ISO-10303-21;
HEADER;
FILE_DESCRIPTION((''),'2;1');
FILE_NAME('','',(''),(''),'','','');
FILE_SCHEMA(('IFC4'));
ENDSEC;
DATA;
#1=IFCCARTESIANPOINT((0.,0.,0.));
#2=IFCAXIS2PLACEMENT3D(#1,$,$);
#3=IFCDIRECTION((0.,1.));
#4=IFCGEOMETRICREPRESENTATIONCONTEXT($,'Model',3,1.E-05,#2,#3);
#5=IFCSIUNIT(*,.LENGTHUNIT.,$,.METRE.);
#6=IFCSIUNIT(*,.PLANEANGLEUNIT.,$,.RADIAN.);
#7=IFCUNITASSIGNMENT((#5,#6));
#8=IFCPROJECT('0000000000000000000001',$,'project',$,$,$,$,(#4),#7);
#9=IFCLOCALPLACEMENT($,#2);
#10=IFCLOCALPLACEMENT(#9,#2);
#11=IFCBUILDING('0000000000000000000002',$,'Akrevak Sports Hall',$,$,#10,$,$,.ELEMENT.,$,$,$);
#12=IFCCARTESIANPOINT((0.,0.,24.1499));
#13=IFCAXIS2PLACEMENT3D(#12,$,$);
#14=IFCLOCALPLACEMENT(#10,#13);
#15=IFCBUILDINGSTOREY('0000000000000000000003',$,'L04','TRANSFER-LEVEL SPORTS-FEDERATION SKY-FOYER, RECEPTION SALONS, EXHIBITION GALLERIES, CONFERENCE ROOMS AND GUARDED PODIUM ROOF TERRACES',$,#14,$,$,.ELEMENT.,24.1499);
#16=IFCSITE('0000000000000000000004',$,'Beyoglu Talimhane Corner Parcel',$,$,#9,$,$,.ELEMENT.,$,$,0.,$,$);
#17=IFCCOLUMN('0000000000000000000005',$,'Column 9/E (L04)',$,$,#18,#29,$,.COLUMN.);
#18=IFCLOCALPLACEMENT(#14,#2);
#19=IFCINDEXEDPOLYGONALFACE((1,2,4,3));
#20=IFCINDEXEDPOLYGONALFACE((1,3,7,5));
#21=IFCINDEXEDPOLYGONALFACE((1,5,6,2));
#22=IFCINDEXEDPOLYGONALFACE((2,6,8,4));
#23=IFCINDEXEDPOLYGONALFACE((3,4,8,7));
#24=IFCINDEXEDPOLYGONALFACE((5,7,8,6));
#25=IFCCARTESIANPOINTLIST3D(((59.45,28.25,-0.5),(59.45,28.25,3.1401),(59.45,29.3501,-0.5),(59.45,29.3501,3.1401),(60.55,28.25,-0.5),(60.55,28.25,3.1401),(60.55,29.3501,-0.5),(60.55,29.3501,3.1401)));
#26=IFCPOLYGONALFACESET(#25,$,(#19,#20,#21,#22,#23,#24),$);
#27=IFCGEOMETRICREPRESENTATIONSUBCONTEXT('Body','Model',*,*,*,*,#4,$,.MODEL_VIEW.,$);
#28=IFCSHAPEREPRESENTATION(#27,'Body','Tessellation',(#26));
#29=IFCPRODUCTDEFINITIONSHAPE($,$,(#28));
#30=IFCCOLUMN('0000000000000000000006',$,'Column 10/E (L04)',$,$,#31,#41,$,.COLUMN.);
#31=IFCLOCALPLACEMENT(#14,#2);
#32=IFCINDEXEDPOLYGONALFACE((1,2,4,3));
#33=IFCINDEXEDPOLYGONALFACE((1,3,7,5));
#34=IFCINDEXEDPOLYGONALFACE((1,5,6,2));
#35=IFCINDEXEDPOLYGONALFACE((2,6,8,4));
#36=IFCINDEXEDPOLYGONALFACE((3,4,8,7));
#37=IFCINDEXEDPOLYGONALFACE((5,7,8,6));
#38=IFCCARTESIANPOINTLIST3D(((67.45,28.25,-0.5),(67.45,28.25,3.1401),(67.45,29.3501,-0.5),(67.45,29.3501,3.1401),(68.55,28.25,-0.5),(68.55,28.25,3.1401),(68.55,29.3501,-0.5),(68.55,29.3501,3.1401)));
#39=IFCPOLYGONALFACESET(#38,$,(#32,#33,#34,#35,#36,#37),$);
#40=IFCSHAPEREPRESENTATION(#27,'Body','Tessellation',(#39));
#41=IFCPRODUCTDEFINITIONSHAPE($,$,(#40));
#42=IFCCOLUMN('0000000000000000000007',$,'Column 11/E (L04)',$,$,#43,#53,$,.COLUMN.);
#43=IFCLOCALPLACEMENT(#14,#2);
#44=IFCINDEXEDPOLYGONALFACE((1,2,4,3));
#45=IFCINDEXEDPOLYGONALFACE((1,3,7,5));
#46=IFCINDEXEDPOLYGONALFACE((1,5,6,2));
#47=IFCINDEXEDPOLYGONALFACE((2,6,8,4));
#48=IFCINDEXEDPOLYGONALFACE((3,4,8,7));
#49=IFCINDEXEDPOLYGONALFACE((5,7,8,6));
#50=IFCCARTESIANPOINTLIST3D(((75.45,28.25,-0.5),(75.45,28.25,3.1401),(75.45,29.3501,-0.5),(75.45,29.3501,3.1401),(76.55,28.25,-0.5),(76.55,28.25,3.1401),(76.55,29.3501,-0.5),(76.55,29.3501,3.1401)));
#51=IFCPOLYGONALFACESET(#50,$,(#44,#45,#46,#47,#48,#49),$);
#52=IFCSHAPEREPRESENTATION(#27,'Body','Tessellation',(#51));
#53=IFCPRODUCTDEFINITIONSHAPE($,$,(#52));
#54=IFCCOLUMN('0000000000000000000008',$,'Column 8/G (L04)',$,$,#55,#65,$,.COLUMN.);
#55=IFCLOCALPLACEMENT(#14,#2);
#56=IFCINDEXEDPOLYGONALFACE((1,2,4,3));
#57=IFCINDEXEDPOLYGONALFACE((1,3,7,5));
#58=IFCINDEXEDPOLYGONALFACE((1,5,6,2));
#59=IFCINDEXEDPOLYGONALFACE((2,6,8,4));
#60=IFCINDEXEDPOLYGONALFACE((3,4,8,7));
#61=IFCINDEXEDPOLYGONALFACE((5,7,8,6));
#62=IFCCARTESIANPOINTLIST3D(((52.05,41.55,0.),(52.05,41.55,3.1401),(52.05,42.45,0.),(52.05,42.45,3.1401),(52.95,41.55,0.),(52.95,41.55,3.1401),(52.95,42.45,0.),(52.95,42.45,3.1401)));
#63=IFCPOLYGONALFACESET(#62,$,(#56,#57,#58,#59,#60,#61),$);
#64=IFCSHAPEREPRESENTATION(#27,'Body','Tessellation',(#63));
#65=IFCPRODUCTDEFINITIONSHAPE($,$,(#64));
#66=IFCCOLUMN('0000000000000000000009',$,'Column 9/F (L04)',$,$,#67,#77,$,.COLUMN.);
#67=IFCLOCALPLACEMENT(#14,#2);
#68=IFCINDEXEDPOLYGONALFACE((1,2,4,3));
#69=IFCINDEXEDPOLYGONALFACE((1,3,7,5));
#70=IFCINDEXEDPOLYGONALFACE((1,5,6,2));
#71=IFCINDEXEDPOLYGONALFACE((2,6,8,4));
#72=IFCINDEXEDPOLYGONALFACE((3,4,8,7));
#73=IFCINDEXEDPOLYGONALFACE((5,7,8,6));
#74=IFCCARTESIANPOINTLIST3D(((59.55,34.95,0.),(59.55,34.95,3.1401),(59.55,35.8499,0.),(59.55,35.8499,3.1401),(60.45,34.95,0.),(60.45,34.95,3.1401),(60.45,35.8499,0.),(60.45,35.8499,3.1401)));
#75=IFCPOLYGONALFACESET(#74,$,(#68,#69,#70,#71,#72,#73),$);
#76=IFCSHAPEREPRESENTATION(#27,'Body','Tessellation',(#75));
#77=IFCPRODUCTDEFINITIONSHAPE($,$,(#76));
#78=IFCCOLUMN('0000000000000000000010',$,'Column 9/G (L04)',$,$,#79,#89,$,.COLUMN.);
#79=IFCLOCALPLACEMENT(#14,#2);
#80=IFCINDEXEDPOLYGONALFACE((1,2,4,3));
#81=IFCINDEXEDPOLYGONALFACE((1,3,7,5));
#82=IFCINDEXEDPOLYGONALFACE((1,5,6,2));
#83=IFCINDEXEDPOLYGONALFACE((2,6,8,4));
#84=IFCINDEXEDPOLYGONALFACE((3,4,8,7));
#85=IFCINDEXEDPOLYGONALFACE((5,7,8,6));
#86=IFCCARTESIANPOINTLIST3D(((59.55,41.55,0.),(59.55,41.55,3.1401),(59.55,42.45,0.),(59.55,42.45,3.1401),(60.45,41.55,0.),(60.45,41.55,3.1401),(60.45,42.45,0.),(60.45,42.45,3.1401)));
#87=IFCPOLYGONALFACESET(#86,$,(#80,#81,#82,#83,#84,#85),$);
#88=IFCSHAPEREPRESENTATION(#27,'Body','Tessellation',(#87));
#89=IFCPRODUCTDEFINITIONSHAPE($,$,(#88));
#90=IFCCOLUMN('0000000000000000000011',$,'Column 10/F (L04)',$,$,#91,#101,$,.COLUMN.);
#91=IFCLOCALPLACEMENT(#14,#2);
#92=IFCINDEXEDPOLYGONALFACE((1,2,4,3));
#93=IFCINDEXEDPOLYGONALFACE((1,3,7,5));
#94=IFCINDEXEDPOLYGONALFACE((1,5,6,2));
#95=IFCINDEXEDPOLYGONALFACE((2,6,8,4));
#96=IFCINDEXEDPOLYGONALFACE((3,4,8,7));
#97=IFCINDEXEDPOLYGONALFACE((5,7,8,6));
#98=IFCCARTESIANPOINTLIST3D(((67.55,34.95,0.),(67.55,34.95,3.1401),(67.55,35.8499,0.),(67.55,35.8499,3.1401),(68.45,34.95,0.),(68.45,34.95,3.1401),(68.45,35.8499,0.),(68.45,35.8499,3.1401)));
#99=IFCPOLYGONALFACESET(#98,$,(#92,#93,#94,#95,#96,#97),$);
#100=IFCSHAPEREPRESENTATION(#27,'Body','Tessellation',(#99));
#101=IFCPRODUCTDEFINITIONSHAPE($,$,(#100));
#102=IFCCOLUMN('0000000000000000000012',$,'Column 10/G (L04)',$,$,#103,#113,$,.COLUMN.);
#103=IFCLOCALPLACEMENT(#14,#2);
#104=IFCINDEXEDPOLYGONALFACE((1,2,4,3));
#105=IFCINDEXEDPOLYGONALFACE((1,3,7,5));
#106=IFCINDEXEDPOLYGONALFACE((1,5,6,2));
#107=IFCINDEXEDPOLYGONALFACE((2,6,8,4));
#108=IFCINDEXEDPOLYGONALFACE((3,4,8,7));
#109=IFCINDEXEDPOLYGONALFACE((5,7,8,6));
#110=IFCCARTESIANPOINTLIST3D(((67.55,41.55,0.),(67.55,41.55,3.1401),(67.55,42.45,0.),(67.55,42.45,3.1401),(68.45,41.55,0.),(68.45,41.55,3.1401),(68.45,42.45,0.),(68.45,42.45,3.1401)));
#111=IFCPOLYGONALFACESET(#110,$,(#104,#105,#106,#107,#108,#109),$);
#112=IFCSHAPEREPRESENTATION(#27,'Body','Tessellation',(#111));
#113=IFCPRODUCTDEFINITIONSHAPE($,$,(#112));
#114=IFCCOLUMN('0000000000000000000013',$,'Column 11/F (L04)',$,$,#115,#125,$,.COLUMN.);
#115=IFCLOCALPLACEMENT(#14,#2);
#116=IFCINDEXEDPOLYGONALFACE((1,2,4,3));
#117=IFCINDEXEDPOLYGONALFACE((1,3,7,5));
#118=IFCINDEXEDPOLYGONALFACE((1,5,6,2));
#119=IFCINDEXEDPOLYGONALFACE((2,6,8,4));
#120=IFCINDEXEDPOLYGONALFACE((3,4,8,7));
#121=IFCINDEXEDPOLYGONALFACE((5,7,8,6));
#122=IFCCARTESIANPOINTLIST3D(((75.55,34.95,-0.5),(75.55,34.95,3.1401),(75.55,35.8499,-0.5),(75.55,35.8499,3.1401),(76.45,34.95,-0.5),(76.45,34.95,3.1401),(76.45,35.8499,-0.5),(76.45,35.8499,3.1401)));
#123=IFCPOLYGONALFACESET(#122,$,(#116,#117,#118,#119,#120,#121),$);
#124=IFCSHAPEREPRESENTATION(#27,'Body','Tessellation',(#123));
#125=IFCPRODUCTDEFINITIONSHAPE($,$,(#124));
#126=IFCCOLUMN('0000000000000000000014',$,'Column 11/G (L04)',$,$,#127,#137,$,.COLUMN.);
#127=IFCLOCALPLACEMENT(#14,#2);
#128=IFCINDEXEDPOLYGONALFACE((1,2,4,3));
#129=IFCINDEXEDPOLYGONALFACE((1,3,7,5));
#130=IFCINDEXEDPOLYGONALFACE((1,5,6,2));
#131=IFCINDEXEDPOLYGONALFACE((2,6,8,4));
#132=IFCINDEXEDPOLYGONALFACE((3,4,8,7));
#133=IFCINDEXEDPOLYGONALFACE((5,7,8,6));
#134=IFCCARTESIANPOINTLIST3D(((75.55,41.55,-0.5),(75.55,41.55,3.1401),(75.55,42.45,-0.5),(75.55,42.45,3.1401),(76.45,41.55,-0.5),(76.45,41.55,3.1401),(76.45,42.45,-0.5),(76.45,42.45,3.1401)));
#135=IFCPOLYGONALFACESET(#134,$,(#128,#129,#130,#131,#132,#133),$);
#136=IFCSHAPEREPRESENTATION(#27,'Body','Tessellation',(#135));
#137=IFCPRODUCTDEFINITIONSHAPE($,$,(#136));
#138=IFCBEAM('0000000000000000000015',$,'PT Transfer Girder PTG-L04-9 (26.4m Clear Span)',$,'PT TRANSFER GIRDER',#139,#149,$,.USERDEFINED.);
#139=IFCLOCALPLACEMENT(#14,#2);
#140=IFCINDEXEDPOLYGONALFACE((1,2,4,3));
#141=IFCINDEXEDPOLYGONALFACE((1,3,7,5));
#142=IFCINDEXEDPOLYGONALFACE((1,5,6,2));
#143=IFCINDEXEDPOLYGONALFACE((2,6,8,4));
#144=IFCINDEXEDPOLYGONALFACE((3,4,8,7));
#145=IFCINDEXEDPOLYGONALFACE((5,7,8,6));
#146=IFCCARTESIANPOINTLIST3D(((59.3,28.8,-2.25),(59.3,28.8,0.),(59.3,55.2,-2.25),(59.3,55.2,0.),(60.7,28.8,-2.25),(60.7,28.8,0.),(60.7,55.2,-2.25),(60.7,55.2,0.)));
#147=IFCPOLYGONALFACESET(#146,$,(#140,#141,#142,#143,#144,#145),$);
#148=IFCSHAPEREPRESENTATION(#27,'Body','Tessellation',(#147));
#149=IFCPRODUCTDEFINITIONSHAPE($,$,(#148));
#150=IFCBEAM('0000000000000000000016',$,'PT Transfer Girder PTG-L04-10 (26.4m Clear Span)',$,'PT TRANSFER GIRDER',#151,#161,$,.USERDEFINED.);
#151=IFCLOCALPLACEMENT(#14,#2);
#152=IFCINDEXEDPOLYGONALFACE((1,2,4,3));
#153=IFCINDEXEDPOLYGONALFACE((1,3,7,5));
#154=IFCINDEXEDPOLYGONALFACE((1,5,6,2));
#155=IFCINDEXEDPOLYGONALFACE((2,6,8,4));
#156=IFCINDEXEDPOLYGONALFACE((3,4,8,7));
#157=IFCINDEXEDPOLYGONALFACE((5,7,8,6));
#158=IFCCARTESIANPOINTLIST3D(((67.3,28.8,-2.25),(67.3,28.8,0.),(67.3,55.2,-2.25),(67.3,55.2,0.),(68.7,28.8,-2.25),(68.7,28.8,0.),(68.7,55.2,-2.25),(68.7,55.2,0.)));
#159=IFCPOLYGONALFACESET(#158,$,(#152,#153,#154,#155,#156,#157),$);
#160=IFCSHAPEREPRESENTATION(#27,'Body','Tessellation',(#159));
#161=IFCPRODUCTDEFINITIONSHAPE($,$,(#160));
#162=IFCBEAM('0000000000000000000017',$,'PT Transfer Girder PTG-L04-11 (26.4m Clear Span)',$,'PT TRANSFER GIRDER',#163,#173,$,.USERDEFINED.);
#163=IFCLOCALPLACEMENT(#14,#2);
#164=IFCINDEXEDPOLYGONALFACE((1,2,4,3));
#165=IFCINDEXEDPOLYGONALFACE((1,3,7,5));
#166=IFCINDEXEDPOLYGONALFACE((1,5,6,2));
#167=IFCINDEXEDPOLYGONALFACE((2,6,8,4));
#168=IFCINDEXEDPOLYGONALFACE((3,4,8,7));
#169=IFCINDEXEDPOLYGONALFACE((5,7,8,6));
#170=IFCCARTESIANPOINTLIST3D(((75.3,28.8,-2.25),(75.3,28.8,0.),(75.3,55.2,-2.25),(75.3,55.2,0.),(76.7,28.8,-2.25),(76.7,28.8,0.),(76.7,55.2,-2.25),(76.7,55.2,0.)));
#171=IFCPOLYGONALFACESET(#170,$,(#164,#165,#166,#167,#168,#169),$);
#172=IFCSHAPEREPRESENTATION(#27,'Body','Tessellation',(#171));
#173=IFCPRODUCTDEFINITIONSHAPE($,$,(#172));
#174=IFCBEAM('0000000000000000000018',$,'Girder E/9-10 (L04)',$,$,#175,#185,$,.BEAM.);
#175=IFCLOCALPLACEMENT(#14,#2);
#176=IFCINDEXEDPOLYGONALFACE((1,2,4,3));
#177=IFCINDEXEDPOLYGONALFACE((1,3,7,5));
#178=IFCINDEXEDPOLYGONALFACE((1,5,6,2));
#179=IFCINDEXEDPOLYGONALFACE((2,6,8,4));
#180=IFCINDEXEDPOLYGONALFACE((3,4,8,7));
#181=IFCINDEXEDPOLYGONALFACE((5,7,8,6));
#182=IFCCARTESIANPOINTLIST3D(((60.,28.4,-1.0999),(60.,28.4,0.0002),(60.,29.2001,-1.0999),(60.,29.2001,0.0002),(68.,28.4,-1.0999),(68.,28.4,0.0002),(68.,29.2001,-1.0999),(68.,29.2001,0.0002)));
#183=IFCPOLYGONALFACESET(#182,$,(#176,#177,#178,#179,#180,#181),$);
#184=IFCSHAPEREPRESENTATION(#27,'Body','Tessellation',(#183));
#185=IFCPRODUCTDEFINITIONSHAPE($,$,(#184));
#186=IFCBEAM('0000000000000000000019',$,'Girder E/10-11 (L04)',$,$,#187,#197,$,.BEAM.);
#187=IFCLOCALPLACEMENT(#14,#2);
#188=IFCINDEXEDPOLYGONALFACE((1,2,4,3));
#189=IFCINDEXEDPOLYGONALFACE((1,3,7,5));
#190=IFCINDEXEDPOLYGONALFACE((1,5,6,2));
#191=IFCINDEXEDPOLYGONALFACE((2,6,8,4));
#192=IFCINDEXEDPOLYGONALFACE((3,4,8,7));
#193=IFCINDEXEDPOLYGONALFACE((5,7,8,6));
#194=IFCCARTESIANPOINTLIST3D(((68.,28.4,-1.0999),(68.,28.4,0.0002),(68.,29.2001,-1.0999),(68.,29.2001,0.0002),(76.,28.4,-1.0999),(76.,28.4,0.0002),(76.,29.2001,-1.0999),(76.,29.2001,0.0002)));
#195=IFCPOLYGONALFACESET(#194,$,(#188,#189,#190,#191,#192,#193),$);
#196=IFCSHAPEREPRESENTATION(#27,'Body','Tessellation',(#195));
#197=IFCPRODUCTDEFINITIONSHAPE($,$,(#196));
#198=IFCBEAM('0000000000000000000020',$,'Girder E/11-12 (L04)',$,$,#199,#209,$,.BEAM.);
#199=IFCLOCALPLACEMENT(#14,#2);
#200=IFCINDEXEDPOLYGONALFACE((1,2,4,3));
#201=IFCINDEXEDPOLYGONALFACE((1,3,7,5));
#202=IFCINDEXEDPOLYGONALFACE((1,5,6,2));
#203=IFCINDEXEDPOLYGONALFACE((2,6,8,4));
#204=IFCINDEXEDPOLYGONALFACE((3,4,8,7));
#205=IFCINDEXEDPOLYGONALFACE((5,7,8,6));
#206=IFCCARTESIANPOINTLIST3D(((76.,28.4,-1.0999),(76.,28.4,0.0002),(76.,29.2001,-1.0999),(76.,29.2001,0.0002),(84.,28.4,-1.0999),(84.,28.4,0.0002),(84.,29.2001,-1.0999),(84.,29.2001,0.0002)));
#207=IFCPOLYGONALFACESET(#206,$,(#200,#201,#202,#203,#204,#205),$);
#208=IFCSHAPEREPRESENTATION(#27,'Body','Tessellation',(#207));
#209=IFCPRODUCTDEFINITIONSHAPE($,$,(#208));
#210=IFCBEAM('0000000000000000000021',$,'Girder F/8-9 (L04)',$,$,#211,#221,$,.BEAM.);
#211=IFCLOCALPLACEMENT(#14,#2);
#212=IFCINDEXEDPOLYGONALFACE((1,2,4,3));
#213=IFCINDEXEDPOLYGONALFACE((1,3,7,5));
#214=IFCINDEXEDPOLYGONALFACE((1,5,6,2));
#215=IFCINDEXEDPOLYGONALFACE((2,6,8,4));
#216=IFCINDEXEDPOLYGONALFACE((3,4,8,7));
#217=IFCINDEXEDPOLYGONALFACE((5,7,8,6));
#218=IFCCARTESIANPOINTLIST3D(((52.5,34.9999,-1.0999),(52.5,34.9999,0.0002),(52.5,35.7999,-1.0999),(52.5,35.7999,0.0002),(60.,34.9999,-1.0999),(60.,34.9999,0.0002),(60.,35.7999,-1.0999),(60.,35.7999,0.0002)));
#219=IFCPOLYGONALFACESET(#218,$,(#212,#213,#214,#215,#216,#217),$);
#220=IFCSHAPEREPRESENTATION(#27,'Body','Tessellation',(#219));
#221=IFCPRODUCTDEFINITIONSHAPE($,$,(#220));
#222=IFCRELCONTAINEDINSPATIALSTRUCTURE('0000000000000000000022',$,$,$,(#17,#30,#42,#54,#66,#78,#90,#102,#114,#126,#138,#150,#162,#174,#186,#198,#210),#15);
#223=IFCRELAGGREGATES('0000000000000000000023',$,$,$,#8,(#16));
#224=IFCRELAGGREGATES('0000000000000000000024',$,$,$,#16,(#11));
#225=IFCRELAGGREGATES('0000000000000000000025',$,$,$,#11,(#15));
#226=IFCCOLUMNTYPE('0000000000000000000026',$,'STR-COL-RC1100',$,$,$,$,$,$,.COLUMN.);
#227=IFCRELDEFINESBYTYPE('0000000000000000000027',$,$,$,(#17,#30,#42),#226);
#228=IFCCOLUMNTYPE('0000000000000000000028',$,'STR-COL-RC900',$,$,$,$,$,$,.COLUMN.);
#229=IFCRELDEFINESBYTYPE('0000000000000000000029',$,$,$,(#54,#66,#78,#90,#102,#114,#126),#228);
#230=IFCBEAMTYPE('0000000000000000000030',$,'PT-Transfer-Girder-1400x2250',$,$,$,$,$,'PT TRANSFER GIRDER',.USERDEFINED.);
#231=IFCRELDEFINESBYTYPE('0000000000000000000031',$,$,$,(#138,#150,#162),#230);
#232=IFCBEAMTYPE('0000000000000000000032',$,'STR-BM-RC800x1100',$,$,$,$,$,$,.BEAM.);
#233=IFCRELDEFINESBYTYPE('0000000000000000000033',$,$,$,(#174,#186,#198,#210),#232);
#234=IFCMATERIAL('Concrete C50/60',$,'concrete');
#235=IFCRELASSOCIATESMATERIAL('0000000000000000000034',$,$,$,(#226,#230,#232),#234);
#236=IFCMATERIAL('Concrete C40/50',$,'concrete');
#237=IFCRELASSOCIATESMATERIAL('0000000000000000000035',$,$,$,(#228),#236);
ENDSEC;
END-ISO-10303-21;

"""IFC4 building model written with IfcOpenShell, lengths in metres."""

from ifc_helpers import new_model, si_unit, direction, frame, origin, origin_2d, place, context, subcontext, project, spatial, rectangle, extrude, material, material_profile, profile_set, type_object, element, save


model = new_model("IFC4")

# Units and contexts
model_context = context("Model", 3, precision=1e-05, world=origin(), true_north=direction((0.0, 1.0)))
body_context = subcontext(model_context, "Body", "Model", "MODEL_VIEW")
ifc_project = project(units=[si_unit("LENGTHUNIT", "METRE"), si_unit("PLANEANGLEUNIT", "RADIAN")], contexts=[model_context])

# Site, building, storey
site_placement = place(None, origin())
site = spatial("IfcSite", under=ifc_project, at=site_placement, Name="Beyoglu Talimhane Corner Parcel", CompositionType="ELEMENT", RefElevation=0.0)
building_placement = place(site_placement, origin())
building = spatial("IfcBuilding", under=site, at=building_placement, Name="Akrevak Sports Hall", CompositionType="ELEMENT")
storey_placement = place(building_placement, frame((0.0, 0.0, 24.1499)))
storey = spatial("IfcBuildingStorey", under=building, at=storey_placement, Name="L04", Description="TRANSFER-LEVEL SPORTS-FEDERATION SKY-FOYER, RECEPTION SALONS, EXHIBITION GALLERIES, CONFERENCE ROOMS AND GUARDED PODIUM ROOF TERRACES", CompositionType="ELEMENT", Elevation=24.1499)

# Columns
ifc_material_1 = material(Name="Concrete C50/60", Category="concrete")
ifc_material_profile_1 = material_profile(ifc_material_1, rectangle(XDim=1.1001, YDim=1.1001, at=origin_2d()), Name="RC 1100x1100", Category="concrete")
ifc_profile_set_1 = profile_set([ifc_material_profile_1], Name="Concrete C50/60")
column_type_1 = type_object("IfcColumnType", Name="STR-COL-RC1100", PredefinedType="COLUMN", material=ifc_profile_set_1)
for number, where, z_axis, x_axis, name in (
    (1, (60.0, 28.8, -0.5), (0.0, 0.0, 1.0), (1.0, 0.0, 0.0), "Column 9/E (L04)"),
    (2, (68.0, 28.8, -0.5), (0.0, 0.0, 1.0), (1.0, 0.0, 0.0), "Column 10/E (L04)"),
    (3, (76.0, 28.8, -0.5), (0.0, 0.0, 1.0), (1.0, 0.0, 0.0), "Column 11/E (L04)"),
):
    element("IfcColumn", number, at=place(storey_placement, frame(where, z_axis=z_axis, x_axis=x_axis)), inside=storey, type_object=column_type_1, Name=name, PredefinedType="COLUMN", context=body_context, shape_type="SweptSolid", body=[
        extrude(rectangle(XDim=1.1001, YDim=1.1001, at=origin_2d()), origin(), (0.0, 0.0, 1.0), 3.6401),
    ])
ifc_material_2 = material(Name="Concrete C40/50", Category="concrete")
ifc_material_profile_2 = material_profile(ifc_material_2, rectangle(XDim=0.8999, YDim=0.8999, at=origin_2d()), Name="RC 900x900", Category="concrete")
ifc_profile_set_2 = profile_set([ifc_material_profile_2], Name="Concrete C40/50")
column_type_2 = type_object("IfcColumnType", Name="STR-COL-RC900", PredefinedType="COLUMN", material=ifc_profile_set_2)
for number, where, z_axis, x_axis, name in (
    (4, (52.5, 42.0, 0.0), (0.0, 0.0, 1.0), (1.0, 0.0, 0.0), "Column 8/G (L04)"),
    (5, (60.0, 35.3999, 0.0), (0.0, 0.0, 1.0), (1.0, 0.0, 0.0), "Column 9/F (L04)"),
    (6, (60.0, 42.0, 0.0), (0.0, 0.0, 1.0), (1.0, 0.0, 0.0), "Column 9/G (L04)"),
    (7, (68.0, 35.3999, 0.0), (0.0, 0.0, 1.0), (1.0, 0.0, 0.0), "Column 10/F (L04)"),
    (8, (68.0, 42.0, 0.0), (0.0, 0.0, 1.0), (1.0, 0.0, 0.0), "Column 10/G (L04)"),
):
    element("IfcColumn", number, at=place(storey_placement, frame(where, z_axis=z_axis, x_axis=x_axis)), inside=storey, type_object=column_type_2, Name=name, PredefinedType="COLUMN", context=body_context, shape_type="SweptSolid", body=[
        extrude(rectangle(XDim=0.8999, YDim=0.8999, at=origin_2d()), origin(), (0.0, 0.0, 1.0), 3.1401),
    ])
for number, where, z_axis, x_axis, name in (
    (9, (76.0, 35.3999, -0.5), (0.0, 0.0, 1.0), (1.0, 0.0, 0.0), "Column 11/F (L04)"),
    (10, (76.0, 42.0, -0.5), (0.0, 0.0, 1.0), (1.0, 0.0, 0.0), "Column 11/G (L04)"),
):
    element("IfcColumn", number, at=place(storey_placement, frame(where, z_axis=z_axis, x_axis=x_axis)), inside=storey, type_object=column_type_2, Name=name, PredefinedType="COLUMN", context=body_context, shape_type="SweptSolid", body=[
        extrude(rectangle(XDim=0.8999, YDim=0.8999, at=origin_2d()), origin(), (0.0, 0.0, 1.0), 3.6401),
    ])

# Beams
ifc_material_profile_3 = material_profile(ifc_material_1, rectangle(XDim=1.3999, YDim=2.25, at=origin_2d()), Name="PTG 1400x2250", Category="concrete")
ifc_profile_set_3 = profile_set([ifc_material_profile_3], Name="Concrete C50/60")
beam_type_1 = type_object("IfcBeamType", Name="PT-Transfer-Girder-1400x2250", ElementType="PT TRANSFER GIRDER", PredefinedType="USERDEFINED", material=ifc_profile_set_3)
for number, where, z_axis, x_axis, name in (
    (11, (60.0, 28.8, -1.125), (0.0, 1.0, 0.0), (-1.0, 0.0, 0.0), "PT Transfer Girder PTG-L04-9 (26.4m Clear Span)"),
    (12, (68.0, 28.8, -1.125), (0.0, 1.0, 0.0), (-1.0, 0.0, 0.0), "PT Transfer Girder PTG-L04-10 (26.4m Clear Span)"),
    (13, (76.0, 28.8, -1.125), (0.0, 1.0, 0.0), (-1.0, 0.0, 0.0), "PT Transfer Girder PTG-L04-11 (26.4m Clear Span)"),
):
    element("IfcBeam", number, at=place(storey_placement, frame(where, z_axis=z_axis, x_axis=x_axis)), inside=storey, type_object=beam_type_1, Name=name, ObjectType="PT TRANSFER GIRDER", PredefinedType="USERDEFINED", context=body_context, shape_type="SweptSolid", body=[
        extrude(rectangle(XDim=1.3999, YDim=2.25, at=origin_2d()), origin(), (0.0, 0.0, 1.0), 26.3999),
    ])
ifc_material_profile_4 = material_profile(ifc_material_1, rectangle(XDim=0.8, YDim=1.1001, at=origin_2d()), Name="BM 800x1100", Category="concrete")
ifc_profile_set_4 = profile_set([ifc_material_profile_4], Name="Concrete C50/60")
beam_type_2 = type_object("IfcBeamType", Name="STR-BM-RC800x1100", PredefinedType="BEAM", material=ifc_profile_set_4)
for number, where, z_axis, x_axis, name in (
    (14, (60.0, 28.8, -0.5498), (1.0, 0.0, 0.0), (0.0, 1.0, 0.0), "Girder E/9-10 (L04)"),
    (15, (68.0, 28.8, -0.5498), (1.0, 0.0, 0.0), (0.0, 1.0, 0.0), "Girder E/10-11 (L04)"),
    (16, (76.0, 28.8, -0.5498), (1.0, 0.0, 0.0), (0.0, 1.0, 0.0), "Girder E/11-12 (L04)"),
):
    element("IfcBeam", number, at=place(storey_placement, frame(where, z_axis=z_axis, x_axis=x_axis)), inside=storey, type_object=beam_type_2, Name=name, PredefinedType="BEAM", context=body_context, shape_type="SweptSolid", body=[
        extrude(rectangle(XDim=0.8, YDim=1.1001, at=origin_2d()), origin(), (0.0, 0.0, 1.0), 8.0),
    ])
beam_1_placement = place(storey_placement, frame((52.5, 35.3999, -0.5498), z_axis=(1.0, 0.0, 0.0), x_axis=(0.0, 1.0, 0.0)))
element("IfcBeam", 17, at=beam_1_placement, inside=storey, type_object=beam_type_2, Name="Girder F/8-9 (L04)", PredefinedType="BEAM", context=body_context, shape_type="SweptSolid", body=[
    extrude(rectangle(XDim=0.8, YDim=1.1001, at=origin_2d()), origin(), (0.0, 0.0, 1.0), 7.5),
])

save(model, "model.ifc")
